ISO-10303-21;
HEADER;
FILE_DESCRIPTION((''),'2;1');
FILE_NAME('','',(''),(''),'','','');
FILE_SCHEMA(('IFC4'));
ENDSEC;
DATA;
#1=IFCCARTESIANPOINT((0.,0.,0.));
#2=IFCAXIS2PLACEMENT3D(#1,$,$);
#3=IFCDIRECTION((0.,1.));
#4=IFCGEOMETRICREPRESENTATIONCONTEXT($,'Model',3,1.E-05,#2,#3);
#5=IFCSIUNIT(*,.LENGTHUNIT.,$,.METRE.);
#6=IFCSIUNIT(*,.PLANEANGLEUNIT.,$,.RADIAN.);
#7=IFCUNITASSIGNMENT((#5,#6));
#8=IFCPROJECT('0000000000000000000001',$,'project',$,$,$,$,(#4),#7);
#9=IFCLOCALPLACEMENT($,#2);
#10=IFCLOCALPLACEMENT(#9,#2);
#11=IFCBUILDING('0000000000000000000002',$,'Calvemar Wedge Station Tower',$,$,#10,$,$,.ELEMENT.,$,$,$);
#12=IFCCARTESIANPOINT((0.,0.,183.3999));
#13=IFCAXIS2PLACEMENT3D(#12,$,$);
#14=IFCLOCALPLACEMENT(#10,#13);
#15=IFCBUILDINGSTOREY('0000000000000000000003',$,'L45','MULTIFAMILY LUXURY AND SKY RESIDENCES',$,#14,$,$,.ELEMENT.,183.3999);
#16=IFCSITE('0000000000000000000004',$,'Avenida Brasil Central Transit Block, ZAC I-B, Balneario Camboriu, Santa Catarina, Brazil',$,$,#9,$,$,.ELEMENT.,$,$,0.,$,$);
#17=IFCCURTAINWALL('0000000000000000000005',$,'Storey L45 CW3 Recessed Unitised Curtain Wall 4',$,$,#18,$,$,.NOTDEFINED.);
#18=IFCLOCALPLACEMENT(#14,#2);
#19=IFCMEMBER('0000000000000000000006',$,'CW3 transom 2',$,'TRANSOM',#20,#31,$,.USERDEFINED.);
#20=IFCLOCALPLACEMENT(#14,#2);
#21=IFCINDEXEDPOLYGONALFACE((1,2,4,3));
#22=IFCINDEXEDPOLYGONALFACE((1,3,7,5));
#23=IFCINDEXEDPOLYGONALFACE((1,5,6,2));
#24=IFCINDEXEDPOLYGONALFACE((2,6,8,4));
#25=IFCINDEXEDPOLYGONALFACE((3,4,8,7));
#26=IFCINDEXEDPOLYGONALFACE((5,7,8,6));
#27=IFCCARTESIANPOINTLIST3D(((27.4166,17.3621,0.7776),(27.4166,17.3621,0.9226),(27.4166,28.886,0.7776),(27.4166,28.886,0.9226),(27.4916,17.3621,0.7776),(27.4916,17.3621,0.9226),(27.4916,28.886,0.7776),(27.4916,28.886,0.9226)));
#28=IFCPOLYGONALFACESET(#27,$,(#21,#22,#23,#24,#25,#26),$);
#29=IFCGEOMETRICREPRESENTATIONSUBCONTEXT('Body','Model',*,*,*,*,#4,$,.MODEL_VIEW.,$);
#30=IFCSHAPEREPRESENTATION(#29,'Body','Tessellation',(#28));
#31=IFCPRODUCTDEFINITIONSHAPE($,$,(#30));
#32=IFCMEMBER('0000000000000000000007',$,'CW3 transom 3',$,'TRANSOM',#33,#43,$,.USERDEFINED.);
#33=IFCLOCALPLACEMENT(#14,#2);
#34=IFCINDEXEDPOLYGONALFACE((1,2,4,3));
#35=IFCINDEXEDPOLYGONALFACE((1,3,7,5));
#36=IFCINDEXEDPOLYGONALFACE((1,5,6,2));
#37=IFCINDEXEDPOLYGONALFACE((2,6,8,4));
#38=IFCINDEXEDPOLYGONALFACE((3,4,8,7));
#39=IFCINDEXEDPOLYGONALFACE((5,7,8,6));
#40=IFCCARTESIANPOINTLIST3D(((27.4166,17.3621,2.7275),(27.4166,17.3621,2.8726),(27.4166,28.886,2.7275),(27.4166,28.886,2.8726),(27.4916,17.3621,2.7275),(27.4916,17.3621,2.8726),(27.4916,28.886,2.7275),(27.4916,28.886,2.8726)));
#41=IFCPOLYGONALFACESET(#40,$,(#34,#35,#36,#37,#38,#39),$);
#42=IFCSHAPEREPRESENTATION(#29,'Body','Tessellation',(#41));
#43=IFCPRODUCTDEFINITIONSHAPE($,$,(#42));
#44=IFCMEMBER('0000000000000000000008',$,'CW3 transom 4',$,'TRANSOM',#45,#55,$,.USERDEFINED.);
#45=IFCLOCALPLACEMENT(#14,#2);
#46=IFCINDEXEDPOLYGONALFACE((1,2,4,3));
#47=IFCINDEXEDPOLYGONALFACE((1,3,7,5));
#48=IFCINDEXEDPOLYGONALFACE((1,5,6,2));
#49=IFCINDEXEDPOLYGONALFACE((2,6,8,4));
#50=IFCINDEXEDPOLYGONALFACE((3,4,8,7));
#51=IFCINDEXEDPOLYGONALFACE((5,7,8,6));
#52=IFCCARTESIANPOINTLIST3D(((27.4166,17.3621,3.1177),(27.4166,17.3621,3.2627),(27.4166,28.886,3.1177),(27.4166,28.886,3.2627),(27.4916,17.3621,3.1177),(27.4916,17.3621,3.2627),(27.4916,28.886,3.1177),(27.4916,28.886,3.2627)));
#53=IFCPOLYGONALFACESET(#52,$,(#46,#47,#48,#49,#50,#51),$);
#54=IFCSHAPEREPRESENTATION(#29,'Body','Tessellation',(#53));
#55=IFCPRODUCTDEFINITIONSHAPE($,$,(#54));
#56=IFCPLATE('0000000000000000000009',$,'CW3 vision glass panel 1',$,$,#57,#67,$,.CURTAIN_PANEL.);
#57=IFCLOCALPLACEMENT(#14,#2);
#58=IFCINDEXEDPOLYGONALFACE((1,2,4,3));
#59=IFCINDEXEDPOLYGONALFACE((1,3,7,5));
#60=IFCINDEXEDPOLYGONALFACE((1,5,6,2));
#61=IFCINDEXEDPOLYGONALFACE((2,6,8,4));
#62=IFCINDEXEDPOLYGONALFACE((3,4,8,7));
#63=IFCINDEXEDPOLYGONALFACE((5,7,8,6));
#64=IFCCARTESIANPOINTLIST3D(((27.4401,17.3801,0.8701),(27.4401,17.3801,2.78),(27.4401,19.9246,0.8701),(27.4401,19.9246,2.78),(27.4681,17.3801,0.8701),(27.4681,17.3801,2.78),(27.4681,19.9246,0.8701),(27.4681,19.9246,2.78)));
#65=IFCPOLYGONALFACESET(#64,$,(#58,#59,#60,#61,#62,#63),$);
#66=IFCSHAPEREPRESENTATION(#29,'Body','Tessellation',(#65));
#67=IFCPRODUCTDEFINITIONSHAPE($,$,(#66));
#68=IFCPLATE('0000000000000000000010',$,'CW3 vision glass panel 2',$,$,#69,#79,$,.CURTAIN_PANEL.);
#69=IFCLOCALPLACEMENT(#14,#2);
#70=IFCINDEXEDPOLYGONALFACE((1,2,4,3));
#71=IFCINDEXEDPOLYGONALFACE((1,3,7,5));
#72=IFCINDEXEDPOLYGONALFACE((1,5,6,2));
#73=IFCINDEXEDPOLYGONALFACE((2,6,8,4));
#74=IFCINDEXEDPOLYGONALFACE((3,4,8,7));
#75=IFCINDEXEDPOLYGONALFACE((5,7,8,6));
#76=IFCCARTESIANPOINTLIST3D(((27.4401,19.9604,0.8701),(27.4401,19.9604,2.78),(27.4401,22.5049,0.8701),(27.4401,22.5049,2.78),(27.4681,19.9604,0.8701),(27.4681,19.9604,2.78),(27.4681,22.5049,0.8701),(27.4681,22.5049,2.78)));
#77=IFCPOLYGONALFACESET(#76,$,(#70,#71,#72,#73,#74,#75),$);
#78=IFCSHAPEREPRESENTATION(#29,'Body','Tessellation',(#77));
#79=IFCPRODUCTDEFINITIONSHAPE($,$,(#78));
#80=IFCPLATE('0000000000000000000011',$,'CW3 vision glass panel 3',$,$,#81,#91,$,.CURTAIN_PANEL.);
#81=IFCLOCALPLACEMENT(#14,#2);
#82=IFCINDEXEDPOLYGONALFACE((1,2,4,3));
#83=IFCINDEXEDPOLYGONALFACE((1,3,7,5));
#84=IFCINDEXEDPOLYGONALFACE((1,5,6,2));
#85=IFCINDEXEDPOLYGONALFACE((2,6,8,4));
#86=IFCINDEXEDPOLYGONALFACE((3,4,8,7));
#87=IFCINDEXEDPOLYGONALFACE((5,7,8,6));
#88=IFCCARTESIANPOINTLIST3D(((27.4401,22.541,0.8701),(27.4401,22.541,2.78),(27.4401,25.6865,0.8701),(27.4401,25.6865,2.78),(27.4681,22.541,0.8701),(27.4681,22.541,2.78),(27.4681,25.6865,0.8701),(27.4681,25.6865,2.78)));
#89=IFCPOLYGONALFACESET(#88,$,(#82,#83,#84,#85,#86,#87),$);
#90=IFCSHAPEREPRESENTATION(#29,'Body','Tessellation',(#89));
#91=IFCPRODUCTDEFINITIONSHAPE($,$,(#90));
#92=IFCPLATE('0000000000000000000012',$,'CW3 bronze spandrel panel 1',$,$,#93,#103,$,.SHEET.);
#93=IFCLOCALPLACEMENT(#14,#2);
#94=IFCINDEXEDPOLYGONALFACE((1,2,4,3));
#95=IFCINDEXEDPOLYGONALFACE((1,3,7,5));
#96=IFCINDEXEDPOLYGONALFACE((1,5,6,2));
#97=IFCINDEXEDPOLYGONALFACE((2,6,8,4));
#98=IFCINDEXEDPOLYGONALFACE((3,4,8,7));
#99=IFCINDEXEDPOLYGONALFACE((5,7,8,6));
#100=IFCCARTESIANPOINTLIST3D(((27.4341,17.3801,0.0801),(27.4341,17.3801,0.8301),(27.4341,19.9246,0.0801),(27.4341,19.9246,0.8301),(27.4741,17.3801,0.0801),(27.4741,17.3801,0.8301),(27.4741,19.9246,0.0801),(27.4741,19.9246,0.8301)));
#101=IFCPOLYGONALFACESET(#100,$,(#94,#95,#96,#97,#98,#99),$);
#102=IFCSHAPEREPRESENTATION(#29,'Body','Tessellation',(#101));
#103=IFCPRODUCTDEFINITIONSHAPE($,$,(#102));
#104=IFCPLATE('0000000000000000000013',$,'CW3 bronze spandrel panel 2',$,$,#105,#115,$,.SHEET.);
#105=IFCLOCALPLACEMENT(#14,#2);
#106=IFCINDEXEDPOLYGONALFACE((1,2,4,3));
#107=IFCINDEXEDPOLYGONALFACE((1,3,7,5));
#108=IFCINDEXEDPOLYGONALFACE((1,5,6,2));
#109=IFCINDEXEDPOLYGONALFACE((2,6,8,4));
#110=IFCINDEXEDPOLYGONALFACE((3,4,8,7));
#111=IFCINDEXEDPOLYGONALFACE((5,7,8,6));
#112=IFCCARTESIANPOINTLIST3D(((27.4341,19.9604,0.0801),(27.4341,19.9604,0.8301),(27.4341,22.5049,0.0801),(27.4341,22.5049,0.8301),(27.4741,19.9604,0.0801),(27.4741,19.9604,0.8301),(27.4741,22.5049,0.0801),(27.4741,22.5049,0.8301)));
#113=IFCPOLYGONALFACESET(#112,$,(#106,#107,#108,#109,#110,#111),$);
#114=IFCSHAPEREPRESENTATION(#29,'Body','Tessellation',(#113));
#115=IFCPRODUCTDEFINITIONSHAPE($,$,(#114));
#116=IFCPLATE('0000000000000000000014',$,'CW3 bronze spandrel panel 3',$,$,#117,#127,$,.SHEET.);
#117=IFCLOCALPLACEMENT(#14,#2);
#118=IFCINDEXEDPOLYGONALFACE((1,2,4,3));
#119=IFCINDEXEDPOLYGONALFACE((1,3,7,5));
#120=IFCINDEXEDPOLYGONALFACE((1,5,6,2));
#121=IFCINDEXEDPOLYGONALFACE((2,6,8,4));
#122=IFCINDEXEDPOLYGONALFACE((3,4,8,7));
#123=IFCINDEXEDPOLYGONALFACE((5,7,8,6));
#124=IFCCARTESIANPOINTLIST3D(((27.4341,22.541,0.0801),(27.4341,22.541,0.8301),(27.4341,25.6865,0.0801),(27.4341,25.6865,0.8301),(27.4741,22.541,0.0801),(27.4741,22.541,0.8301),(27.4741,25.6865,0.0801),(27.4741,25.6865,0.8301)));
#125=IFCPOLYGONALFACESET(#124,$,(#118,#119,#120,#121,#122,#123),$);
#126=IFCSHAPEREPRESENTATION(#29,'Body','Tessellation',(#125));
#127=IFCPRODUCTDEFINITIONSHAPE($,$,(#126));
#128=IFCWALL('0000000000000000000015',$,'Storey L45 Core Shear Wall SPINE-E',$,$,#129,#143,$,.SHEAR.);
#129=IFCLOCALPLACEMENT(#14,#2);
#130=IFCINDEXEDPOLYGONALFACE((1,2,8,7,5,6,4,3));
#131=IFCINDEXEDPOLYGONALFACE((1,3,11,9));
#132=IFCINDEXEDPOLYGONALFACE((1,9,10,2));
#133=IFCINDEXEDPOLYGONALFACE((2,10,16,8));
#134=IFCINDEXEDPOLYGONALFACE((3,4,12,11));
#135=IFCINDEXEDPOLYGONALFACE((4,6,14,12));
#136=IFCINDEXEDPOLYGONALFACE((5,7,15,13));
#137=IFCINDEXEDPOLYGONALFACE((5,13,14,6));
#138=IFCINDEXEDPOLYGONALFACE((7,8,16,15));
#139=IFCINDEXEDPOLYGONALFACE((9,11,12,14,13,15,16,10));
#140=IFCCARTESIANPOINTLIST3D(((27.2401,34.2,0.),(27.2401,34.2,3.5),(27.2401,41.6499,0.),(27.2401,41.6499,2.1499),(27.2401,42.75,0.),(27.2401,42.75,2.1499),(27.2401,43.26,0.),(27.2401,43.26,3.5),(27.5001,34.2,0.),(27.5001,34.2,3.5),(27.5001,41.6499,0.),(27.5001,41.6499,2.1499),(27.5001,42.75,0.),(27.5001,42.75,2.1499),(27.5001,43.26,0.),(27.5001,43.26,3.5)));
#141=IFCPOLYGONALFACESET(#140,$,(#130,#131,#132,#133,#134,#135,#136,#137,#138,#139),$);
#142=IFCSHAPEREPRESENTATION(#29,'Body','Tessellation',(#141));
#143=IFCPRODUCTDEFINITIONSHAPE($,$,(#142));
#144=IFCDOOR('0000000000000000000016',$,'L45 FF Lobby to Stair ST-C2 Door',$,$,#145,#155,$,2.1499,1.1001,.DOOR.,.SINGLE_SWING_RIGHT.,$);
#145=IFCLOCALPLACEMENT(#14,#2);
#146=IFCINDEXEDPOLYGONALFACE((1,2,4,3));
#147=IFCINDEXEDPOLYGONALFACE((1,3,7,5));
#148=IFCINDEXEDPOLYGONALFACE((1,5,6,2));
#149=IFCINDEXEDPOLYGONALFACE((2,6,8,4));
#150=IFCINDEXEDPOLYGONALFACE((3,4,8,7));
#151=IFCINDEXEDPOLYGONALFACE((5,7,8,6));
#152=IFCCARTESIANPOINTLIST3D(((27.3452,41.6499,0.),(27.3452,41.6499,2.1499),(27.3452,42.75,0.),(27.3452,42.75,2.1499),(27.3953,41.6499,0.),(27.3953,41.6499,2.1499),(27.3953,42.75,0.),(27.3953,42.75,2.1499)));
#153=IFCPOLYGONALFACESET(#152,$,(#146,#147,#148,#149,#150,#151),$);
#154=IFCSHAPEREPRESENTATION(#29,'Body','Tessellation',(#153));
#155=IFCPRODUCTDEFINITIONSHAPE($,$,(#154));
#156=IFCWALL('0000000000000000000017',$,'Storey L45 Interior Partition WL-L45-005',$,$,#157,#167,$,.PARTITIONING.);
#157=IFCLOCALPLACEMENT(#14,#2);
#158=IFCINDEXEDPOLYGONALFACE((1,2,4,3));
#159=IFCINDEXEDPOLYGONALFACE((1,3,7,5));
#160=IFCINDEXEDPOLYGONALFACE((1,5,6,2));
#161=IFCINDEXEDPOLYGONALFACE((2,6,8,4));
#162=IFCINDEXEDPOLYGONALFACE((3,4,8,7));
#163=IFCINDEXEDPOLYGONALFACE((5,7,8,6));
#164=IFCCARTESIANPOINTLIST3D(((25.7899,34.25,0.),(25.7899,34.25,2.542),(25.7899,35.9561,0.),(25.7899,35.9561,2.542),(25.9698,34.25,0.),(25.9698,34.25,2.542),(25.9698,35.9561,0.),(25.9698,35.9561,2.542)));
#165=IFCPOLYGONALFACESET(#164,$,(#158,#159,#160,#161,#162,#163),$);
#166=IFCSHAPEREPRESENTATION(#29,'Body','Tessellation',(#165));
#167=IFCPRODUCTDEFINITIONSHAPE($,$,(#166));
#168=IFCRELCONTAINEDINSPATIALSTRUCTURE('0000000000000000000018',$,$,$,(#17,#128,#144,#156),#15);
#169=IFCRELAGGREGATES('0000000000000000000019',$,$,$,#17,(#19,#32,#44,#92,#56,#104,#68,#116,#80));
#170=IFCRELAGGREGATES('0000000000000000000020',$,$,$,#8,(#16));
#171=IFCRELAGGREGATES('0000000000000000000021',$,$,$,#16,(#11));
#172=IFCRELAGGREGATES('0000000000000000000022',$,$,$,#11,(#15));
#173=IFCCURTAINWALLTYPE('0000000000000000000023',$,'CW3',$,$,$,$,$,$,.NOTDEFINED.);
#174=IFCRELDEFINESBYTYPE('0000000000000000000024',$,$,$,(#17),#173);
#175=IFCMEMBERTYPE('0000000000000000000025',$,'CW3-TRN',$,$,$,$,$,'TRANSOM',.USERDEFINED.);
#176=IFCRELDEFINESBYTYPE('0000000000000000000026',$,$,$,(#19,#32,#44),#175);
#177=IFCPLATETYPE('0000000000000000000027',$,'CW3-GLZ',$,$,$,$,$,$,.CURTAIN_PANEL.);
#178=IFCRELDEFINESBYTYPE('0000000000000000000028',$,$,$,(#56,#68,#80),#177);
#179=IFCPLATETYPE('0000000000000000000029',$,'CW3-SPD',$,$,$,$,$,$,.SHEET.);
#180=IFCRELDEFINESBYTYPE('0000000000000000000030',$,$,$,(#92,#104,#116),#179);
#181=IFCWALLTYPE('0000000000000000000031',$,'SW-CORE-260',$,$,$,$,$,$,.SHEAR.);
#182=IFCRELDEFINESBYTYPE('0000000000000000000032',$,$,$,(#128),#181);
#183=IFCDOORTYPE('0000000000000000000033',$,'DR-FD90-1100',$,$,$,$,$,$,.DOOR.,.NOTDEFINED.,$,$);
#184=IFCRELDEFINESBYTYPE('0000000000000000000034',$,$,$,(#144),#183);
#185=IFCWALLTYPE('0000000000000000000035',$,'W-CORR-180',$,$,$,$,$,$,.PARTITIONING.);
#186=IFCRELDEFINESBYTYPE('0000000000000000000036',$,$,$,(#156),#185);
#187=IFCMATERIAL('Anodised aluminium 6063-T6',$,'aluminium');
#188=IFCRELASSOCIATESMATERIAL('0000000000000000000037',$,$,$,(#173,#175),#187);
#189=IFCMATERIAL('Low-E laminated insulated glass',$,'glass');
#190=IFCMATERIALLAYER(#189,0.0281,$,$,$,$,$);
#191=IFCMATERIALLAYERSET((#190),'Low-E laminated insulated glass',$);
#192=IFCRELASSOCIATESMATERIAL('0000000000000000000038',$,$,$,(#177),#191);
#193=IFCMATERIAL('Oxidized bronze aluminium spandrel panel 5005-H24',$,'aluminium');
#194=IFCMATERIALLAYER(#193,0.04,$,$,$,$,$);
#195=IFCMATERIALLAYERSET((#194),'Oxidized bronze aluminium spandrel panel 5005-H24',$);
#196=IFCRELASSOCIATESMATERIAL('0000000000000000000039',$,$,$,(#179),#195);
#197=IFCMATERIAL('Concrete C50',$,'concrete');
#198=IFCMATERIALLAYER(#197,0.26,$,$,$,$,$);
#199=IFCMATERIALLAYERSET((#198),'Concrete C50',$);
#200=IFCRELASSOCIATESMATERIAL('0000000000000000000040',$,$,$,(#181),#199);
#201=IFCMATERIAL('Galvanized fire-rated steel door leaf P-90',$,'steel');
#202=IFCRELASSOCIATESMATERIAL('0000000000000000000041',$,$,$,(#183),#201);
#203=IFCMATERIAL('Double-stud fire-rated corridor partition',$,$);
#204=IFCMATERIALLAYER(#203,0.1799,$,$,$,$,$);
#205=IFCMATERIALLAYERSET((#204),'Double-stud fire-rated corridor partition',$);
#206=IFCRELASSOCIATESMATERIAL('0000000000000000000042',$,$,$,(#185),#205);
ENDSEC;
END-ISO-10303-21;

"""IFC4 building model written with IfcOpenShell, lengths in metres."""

from ifc_helpers import new_model, si_unit, direction, frame, frame_2d, origin, origin_2d, place, context, subcontext, project, spatial, rectangle, extrude, source, transform, mapped, material, layer, layer_set, material_profile, profile_set, type_object, element, fill, aggregate, save


model = new_model("IFC4")

# Units and contexts
model_context = context("Model", 3, precision=1e-05, world=origin(), true_north=direction((0.0, 1.0)))
body_context = subcontext(model_context, "Body", "Model", "MODEL_VIEW")
ifc_project = project(units=[si_unit("LENGTHUNIT", "METRE"), si_unit("PLANEANGLEUNIT", "RADIAN")], contexts=[model_context])

# Site, building, storey
site_placement = place(None, origin())
site = spatial("IfcSite", under=ifc_project, at=site_placement, Name="Avenida Brasil Central Transit Block, ZAC I-B, Balneario Camboriu, Santa Catarina, Brazil", CompositionType="ELEMENT", RefElevation=0.0)
building_placement = place(site_placement, origin())
building = spatial("IfcBuilding", under=site, at=building_placement, Name="Calvemar Wedge Station Tower", CompositionType="ELEMENT")
storey_placement = place(building_placement, frame((0.0, 0.0, 183.3999)))
storey = spatial("IfcBuildingStorey", under=building, at=storey_placement, Name="L45", Description="MULTIFAMILY LUXURY AND SKY RESIDENCES", CompositionType="ELEMENT", Elevation=183.3999)

# Shared definitions
ifc_material_1 = material(Name="Concrete C50", Category="concrete")

# Curtain wall, members, plates
ifc_material_2 = material(Name="Anodised aluminium 6063-T6", Category="aluminium")
curtain_wall_type = type_object("IfcCurtainWallType", Name="CW3", PredefinedType="NOTDEFINED", material=ifc_material_2)
curtain_wall_placement = place(storey_placement, origin())
curtain_wall = element("IfcCurtainWall", 1, at=curtain_wall_placement, inside=storey, type_object=curtain_wall_type, Name="Storey L45 CW3 Recessed Unitised Curtain Wall 4", PredefinedType="NOTDEFINED")
ifc_material_profile_1 = material_profile(ifc_material_2, rectangle(XDim=0.075, YDim=0.145, at=origin_2d()), Name="AL-TRN-75x145")
ifc_profile_set_1 = profile_set([ifc_material_profile_1], Name="Anodised aluminium 6063-T6")
member_type_1 = type_object("IfcMemberType", Name="CW3-TRN", ElementType="TRANSOM", PredefinedType="USERDEFINED", material=ifc_profile_set_1)
shared_shape_1 = source(origin(), body_context, "Body", "SweptSolid", [
    extrude(rectangle(XDim=0.075, YDim=0.145, at=origin_2d()), origin(), (0.0, 0.0, 1.0), 11.5239),
])
member_1_placement = place(storey_placement, frame((27.4541, 17.3621, 0.8501), z_axis=(0.0, 1.0, 0.0), x_axis=(-1.0, 0.0, 0.0)))
member_1 = element("IfcMember", 2, at=member_1_placement, type_object=member_type_1, Name="CW3 transom 2", ObjectType="TRANSOM", PredefinedType="USERDEFINED", context=body_context, shape_type="MappedRepresentation", body=[
    mapped(shared_shape_1, transform((0.0, 0.0, 0.0), scale=1.0)),
])
member_2_placement = place(storey_placement, frame((27.4541, 17.3621, 2.8), z_axis=(0.0, 1.0, 0.0), x_axis=(-1.0, 0.0, 0.0)))
member_2 = element("IfcMember", 3, at=member_2_placement, type_object=member_type_1, Name="CW3 transom 3", ObjectType="TRANSOM", PredefinedType="USERDEFINED", context=body_context, shape_type="MappedRepresentation", body=[
    mapped(shared_shape_1, transform((0.0, 0.0, 0.0), scale=1.0)),
])
member_3_placement = place(storey_placement, frame((27.4541, 17.3621, 3.1902), z_axis=(0.0, 1.0, 0.0), x_axis=(-1.0, 0.0, 0.0)))
member_3 = element("IfcMember", 4, at=member_3_placement, type_object=member_type_1, Name="CW3 transom 4", ObjectType="TRANSOM", PredefinedType="USERDEFINED", context=body_context, shape_type="MappedRepresentation", body=[
    mapped(shared_shape_1, transform((0.0, 0.0, 0.0), scale=1.0)),
])
ifc_material_3 = material(Name="Low-E laminated insulated glass", Category="glass")
ifc_layer_1 = layer(ifc_material_3, 0.0281)
ifc_layer_set_1 = layer_set([ifc_layer_1], Name="Low-E laminated insulated glass")
plate_type_1 = type_object("IfcPlateType", Name="CW3-GLZ", PredefinedType="CURTAIN_PANEL", material=ifc_layer_set_1)
plate_1_placement = place(storey_placement, frame((27.4541, 17.3801, 0.8701), z_axis=(0.0, 0.0, 1.0), x_axis=(0.0, 1.0, 0.0)))
plate_1 = element("IfcPlate", 5, at=plate_1_placement, type_object=plate_type_1, Name="CW3 vision glass panel 1", PredefinedType="CURTAIN_PANEL", context=body_context, shape_type="SweptSolid", body=[
    extrude(rectangle(XDim=2.5444, YDim=0.0281, at=frame_2d((1.2722, 0.0))), origin(), (0.0, 0.0, 1.0), 1.9099),
])
plate_2_placement = place(storey_placement, frame((27.4541, 19.9604, 0.8701), z_axis=(0.0, 0.0, 1.0), x_axis=(0.0, 1.0, 0.0)))
plate_2 = element("IfcPlate", 6, at=plate_2_placement, type_object=plate_type_1, Name="CW3 vision glass panel 2", PredefinedType="CURTAIN_PANEL", context=body_context, shape_type="SweptSolid", body=[
    extrude(rectangle(XDim=2.5444, YDim=0.0281, at=frame_2d((1.2722, 0.0))), origin(), (0.0, 0.0, 1.0), 1.9099),
])
plate_3_placement = place(storey_placement, frame((27.4541, 22.541, 0.8701), z_axis=(0.0, 0.0, 1.0), x_axis=(0.0, 1.0, 0.0)))
plate_3 = element("IfcPlate", 7, at=plate_3_placement, type_object=plate_type_1, Name="CW3 vision glass panel 3", PredefinedType="CURTAIN_PANEL", context=body_context, shape_type="SweptSolid", body=[
    extrude(rectangle(XDim=3.1455, YDim=0.0281, at=frame_2d((1.5728, 0.0))), origin(), (0.0, 0.0, 1.0), 1.9099),
])
ifc_material_4 = material(Name="Oxidized bronze aluminium spandrel panel 5005-H24", Category="aluminium")
ifc_layer_2 = layer(ifc_material_4, 0.04)
ifc_layer_set_2 = layer_set([ifc_layer_2], Name="Oxidized bronze aluminium spandrel panel 5005-H24")
plate_type_2 = type_object("IfcPlateType", Name="CW3-SPD", PredefinedType="SHEET", material=ifc_layer_set_2)
plate_4_placement = place(storey_placement, frame((27.4541, 17.3801, 0.0801), z_axis=(0.0, 0.0, 1.0), x_axis=(0.0, 1.0, 0.0)))
plate_4 = element("IfcPlate", 8, at=plate_4_placement, type_object=plate_type_2, Name="CW3 bronze spandrel panel 1", PredefinedType="SHEET", context=body_context, shape_type="SweptSolid", body=[
    extrude(rectangle(XDim=2.5444, YDim=0.04, at=frame_2d((1.2722, 0.0))), origin(), (0.0, 0.0, 1.0), 0.75),
])
plate_5_placement = place(storey_placement, frame((27.4541, 19.9604, 0.0801), z_axis=(0.0, 0.0, 1.0), x_axis=(0.0, 1.0, 0.0)))
plate_5 = element("IfcPlate", 9, at=plate_5_placement, type_object=plate_type_2, Name="CW3 bronze spandrel panel 2", PredefinedType="SHEET", context=body_context, shape_type="SweptSolid", body=[
    extrude(rectangle(XDim=2.5444, YDim=0.04, at=frame_2d((1.2722, 0.0))), origin(), (0.0, 0.0, 1.0), 0.75),
])
plate_6_placement = place(storey_placement, frame((27.4541, 22.541, 0.0801), z_axis=(0.0, 0.0, 1.0), x_axis=(0.0, 1.0, 0.0)))
plate_6 = element("IfcPlate", 10, at=plate_6_placement, type_object=plate_type_2, Name="CW3 bronze spandrel panel 3", PredefinedType="SHEET", context=body_context, shape_type="SweptSolid", body=[
    extrude(rectangle(XDim=3.1455, YDim=0.04, at=frame_2d((1.5728, 0.0))), origin(), (0.0, 0.0, 1.0), 0.75),
])
aggregate(curtain_wall, [member_1, member_2, member_3, plate_4, plate_1, plate_5, plate_2, plate_6, plate_3])

# Wall, opening, door
ifc_layer_3 = layer(ifc_material_1, 0.26)
ifc_layer_set_3 = layer_set([ifc_layer_3], Name="Concrete C50")
wall_type_1 = type_object("IfcWallType", Name="SW-CORE-260", PredefinedType="SHEAR", material=ifc_layer_set_3)
wall_1_placement = place(storey_placement, frame((27.3701, 34.2, 0.0), z_axis=(0.0, 0.0, 1.0), x_axis=(0.0, 1.0, 0.0)))
wall_1 = element("IfcWall", 11, at=wall_1_placement, inside=storey, type_object=wall_type_1, Name="Storey L45 Core Shear Wall SPINE-E", PredefinedType="SHEAR", context=body_context, shape_type="SweptSolid", body=[
    extrude(rectangle(XDim=9.0601, YDim=0.26, at=frame_2d((4.53, 0.0))), origin(), (0.0, 0.0, 1.0), 3.5),
])
shared_shape_2 = source(origin(), body_context, "Body", "SweptSolid", [
    extrude(rectangle(XDim=1.1001, YDim=2.1499, at=frame_2d((0.55, 1.075))), frame((0.0, 0.1401, 0.0), z_axis=(0.0, -1.0, 0.0), x_axis=(1.0, 0.0, 0.0)), (0.0, 0.0, 1.0), 0.28),
])
opening_1_placement = place(wall_1_placement, frame((7.45, 0.0, 0.0)))
opening_1 = element("IfcOpeningElement", 12, at=opening_1_placement, cuts=wall_1, PredefinedType="OPENING", context=body_context, shape_type="MappedRepresentation", body=[
    mapped(shared_shape_2, transform((0.0, 0.0, 0.0), scale=1.0)),
])
ifc_material_5 = material(Name="Galvanized fire-rated steel door leaf P-90", Category="steel")
door_type_1 = type_object("IfcDoorType", Name="DR-FD90-1100", OperationType="NOTDEFINED", PredefinedType="DOOR", material=ifc_material_5)
shared_shape_3 = source(origin(), body_context, "Body", "SweptSolid", [
    extrude(rectangle(XDim=1.1001, YDim=2.1499, at=frame_2d((0.55, 1.075))), frame((0.0, 0.0249, 0.0), z_axis=(0.0, -1.0, 0.0), x_axis=(1.0, 0.0, 0.0)), (0.0, 0.0, 1.0), 0.05),
])
door_1_placement = place(opening_1_placement, origin())
door_1 = element("IfcDoor", 13, at=door_1_placement, inside=storey, type_object=door_type_1, Name="L45 FF Lobby to Stair ST-C2 Door", OperationType="SINGLE_SWING_RIGHT", OverallHeight=2.1499, OverallWidth=1.1001, PredefinedType="DOOR", context=body_context, shape_type="MappedRepresentation", body=[
    mapped(shared_shape_3, transform((0.0, 0.0, 0.0), scale=1.0)),
])
fill(opening_1, door_1)

# Wall
ifc_material_6 = material(Name="Double-stud fire-rated corridor partition")
ifc_layer_4 = layer(ifc_material_6, 0.1799)
ifc_layer_set_4 = layer_set([ifc_layer_4], Name="Double-stud fire-rated corridor partition")
wall_type_2 = type_object("IfcWallType", Name="W-CORR-180", PredefinedType="PARTITIONING", material=ifc_layer_set_4)
wall_2_placement = place(storey_placement, frame((25.8799, 35.9561, 0.0), z_axis=(0.0, 0.0, 1.0), x_axis=(0.0, -1.0, 0.0)))
element("IfcWall", 14, at=wall_2_placement, inside=storey, type_object=wall_type_2, Name="Storey L45 Interior Partition WL-L45-005", PredefinedType="PARTITIONING", context=body_context, shape_type="SweptSolid", body=[
    extrude(rectangle(XDim=1.7061, YDim=0.1799, at=frame_2d((0.853, 0.0))), origin(), (0.0, 0.0, 1.0), 2.542),
])

save(model, "model.ifc")
